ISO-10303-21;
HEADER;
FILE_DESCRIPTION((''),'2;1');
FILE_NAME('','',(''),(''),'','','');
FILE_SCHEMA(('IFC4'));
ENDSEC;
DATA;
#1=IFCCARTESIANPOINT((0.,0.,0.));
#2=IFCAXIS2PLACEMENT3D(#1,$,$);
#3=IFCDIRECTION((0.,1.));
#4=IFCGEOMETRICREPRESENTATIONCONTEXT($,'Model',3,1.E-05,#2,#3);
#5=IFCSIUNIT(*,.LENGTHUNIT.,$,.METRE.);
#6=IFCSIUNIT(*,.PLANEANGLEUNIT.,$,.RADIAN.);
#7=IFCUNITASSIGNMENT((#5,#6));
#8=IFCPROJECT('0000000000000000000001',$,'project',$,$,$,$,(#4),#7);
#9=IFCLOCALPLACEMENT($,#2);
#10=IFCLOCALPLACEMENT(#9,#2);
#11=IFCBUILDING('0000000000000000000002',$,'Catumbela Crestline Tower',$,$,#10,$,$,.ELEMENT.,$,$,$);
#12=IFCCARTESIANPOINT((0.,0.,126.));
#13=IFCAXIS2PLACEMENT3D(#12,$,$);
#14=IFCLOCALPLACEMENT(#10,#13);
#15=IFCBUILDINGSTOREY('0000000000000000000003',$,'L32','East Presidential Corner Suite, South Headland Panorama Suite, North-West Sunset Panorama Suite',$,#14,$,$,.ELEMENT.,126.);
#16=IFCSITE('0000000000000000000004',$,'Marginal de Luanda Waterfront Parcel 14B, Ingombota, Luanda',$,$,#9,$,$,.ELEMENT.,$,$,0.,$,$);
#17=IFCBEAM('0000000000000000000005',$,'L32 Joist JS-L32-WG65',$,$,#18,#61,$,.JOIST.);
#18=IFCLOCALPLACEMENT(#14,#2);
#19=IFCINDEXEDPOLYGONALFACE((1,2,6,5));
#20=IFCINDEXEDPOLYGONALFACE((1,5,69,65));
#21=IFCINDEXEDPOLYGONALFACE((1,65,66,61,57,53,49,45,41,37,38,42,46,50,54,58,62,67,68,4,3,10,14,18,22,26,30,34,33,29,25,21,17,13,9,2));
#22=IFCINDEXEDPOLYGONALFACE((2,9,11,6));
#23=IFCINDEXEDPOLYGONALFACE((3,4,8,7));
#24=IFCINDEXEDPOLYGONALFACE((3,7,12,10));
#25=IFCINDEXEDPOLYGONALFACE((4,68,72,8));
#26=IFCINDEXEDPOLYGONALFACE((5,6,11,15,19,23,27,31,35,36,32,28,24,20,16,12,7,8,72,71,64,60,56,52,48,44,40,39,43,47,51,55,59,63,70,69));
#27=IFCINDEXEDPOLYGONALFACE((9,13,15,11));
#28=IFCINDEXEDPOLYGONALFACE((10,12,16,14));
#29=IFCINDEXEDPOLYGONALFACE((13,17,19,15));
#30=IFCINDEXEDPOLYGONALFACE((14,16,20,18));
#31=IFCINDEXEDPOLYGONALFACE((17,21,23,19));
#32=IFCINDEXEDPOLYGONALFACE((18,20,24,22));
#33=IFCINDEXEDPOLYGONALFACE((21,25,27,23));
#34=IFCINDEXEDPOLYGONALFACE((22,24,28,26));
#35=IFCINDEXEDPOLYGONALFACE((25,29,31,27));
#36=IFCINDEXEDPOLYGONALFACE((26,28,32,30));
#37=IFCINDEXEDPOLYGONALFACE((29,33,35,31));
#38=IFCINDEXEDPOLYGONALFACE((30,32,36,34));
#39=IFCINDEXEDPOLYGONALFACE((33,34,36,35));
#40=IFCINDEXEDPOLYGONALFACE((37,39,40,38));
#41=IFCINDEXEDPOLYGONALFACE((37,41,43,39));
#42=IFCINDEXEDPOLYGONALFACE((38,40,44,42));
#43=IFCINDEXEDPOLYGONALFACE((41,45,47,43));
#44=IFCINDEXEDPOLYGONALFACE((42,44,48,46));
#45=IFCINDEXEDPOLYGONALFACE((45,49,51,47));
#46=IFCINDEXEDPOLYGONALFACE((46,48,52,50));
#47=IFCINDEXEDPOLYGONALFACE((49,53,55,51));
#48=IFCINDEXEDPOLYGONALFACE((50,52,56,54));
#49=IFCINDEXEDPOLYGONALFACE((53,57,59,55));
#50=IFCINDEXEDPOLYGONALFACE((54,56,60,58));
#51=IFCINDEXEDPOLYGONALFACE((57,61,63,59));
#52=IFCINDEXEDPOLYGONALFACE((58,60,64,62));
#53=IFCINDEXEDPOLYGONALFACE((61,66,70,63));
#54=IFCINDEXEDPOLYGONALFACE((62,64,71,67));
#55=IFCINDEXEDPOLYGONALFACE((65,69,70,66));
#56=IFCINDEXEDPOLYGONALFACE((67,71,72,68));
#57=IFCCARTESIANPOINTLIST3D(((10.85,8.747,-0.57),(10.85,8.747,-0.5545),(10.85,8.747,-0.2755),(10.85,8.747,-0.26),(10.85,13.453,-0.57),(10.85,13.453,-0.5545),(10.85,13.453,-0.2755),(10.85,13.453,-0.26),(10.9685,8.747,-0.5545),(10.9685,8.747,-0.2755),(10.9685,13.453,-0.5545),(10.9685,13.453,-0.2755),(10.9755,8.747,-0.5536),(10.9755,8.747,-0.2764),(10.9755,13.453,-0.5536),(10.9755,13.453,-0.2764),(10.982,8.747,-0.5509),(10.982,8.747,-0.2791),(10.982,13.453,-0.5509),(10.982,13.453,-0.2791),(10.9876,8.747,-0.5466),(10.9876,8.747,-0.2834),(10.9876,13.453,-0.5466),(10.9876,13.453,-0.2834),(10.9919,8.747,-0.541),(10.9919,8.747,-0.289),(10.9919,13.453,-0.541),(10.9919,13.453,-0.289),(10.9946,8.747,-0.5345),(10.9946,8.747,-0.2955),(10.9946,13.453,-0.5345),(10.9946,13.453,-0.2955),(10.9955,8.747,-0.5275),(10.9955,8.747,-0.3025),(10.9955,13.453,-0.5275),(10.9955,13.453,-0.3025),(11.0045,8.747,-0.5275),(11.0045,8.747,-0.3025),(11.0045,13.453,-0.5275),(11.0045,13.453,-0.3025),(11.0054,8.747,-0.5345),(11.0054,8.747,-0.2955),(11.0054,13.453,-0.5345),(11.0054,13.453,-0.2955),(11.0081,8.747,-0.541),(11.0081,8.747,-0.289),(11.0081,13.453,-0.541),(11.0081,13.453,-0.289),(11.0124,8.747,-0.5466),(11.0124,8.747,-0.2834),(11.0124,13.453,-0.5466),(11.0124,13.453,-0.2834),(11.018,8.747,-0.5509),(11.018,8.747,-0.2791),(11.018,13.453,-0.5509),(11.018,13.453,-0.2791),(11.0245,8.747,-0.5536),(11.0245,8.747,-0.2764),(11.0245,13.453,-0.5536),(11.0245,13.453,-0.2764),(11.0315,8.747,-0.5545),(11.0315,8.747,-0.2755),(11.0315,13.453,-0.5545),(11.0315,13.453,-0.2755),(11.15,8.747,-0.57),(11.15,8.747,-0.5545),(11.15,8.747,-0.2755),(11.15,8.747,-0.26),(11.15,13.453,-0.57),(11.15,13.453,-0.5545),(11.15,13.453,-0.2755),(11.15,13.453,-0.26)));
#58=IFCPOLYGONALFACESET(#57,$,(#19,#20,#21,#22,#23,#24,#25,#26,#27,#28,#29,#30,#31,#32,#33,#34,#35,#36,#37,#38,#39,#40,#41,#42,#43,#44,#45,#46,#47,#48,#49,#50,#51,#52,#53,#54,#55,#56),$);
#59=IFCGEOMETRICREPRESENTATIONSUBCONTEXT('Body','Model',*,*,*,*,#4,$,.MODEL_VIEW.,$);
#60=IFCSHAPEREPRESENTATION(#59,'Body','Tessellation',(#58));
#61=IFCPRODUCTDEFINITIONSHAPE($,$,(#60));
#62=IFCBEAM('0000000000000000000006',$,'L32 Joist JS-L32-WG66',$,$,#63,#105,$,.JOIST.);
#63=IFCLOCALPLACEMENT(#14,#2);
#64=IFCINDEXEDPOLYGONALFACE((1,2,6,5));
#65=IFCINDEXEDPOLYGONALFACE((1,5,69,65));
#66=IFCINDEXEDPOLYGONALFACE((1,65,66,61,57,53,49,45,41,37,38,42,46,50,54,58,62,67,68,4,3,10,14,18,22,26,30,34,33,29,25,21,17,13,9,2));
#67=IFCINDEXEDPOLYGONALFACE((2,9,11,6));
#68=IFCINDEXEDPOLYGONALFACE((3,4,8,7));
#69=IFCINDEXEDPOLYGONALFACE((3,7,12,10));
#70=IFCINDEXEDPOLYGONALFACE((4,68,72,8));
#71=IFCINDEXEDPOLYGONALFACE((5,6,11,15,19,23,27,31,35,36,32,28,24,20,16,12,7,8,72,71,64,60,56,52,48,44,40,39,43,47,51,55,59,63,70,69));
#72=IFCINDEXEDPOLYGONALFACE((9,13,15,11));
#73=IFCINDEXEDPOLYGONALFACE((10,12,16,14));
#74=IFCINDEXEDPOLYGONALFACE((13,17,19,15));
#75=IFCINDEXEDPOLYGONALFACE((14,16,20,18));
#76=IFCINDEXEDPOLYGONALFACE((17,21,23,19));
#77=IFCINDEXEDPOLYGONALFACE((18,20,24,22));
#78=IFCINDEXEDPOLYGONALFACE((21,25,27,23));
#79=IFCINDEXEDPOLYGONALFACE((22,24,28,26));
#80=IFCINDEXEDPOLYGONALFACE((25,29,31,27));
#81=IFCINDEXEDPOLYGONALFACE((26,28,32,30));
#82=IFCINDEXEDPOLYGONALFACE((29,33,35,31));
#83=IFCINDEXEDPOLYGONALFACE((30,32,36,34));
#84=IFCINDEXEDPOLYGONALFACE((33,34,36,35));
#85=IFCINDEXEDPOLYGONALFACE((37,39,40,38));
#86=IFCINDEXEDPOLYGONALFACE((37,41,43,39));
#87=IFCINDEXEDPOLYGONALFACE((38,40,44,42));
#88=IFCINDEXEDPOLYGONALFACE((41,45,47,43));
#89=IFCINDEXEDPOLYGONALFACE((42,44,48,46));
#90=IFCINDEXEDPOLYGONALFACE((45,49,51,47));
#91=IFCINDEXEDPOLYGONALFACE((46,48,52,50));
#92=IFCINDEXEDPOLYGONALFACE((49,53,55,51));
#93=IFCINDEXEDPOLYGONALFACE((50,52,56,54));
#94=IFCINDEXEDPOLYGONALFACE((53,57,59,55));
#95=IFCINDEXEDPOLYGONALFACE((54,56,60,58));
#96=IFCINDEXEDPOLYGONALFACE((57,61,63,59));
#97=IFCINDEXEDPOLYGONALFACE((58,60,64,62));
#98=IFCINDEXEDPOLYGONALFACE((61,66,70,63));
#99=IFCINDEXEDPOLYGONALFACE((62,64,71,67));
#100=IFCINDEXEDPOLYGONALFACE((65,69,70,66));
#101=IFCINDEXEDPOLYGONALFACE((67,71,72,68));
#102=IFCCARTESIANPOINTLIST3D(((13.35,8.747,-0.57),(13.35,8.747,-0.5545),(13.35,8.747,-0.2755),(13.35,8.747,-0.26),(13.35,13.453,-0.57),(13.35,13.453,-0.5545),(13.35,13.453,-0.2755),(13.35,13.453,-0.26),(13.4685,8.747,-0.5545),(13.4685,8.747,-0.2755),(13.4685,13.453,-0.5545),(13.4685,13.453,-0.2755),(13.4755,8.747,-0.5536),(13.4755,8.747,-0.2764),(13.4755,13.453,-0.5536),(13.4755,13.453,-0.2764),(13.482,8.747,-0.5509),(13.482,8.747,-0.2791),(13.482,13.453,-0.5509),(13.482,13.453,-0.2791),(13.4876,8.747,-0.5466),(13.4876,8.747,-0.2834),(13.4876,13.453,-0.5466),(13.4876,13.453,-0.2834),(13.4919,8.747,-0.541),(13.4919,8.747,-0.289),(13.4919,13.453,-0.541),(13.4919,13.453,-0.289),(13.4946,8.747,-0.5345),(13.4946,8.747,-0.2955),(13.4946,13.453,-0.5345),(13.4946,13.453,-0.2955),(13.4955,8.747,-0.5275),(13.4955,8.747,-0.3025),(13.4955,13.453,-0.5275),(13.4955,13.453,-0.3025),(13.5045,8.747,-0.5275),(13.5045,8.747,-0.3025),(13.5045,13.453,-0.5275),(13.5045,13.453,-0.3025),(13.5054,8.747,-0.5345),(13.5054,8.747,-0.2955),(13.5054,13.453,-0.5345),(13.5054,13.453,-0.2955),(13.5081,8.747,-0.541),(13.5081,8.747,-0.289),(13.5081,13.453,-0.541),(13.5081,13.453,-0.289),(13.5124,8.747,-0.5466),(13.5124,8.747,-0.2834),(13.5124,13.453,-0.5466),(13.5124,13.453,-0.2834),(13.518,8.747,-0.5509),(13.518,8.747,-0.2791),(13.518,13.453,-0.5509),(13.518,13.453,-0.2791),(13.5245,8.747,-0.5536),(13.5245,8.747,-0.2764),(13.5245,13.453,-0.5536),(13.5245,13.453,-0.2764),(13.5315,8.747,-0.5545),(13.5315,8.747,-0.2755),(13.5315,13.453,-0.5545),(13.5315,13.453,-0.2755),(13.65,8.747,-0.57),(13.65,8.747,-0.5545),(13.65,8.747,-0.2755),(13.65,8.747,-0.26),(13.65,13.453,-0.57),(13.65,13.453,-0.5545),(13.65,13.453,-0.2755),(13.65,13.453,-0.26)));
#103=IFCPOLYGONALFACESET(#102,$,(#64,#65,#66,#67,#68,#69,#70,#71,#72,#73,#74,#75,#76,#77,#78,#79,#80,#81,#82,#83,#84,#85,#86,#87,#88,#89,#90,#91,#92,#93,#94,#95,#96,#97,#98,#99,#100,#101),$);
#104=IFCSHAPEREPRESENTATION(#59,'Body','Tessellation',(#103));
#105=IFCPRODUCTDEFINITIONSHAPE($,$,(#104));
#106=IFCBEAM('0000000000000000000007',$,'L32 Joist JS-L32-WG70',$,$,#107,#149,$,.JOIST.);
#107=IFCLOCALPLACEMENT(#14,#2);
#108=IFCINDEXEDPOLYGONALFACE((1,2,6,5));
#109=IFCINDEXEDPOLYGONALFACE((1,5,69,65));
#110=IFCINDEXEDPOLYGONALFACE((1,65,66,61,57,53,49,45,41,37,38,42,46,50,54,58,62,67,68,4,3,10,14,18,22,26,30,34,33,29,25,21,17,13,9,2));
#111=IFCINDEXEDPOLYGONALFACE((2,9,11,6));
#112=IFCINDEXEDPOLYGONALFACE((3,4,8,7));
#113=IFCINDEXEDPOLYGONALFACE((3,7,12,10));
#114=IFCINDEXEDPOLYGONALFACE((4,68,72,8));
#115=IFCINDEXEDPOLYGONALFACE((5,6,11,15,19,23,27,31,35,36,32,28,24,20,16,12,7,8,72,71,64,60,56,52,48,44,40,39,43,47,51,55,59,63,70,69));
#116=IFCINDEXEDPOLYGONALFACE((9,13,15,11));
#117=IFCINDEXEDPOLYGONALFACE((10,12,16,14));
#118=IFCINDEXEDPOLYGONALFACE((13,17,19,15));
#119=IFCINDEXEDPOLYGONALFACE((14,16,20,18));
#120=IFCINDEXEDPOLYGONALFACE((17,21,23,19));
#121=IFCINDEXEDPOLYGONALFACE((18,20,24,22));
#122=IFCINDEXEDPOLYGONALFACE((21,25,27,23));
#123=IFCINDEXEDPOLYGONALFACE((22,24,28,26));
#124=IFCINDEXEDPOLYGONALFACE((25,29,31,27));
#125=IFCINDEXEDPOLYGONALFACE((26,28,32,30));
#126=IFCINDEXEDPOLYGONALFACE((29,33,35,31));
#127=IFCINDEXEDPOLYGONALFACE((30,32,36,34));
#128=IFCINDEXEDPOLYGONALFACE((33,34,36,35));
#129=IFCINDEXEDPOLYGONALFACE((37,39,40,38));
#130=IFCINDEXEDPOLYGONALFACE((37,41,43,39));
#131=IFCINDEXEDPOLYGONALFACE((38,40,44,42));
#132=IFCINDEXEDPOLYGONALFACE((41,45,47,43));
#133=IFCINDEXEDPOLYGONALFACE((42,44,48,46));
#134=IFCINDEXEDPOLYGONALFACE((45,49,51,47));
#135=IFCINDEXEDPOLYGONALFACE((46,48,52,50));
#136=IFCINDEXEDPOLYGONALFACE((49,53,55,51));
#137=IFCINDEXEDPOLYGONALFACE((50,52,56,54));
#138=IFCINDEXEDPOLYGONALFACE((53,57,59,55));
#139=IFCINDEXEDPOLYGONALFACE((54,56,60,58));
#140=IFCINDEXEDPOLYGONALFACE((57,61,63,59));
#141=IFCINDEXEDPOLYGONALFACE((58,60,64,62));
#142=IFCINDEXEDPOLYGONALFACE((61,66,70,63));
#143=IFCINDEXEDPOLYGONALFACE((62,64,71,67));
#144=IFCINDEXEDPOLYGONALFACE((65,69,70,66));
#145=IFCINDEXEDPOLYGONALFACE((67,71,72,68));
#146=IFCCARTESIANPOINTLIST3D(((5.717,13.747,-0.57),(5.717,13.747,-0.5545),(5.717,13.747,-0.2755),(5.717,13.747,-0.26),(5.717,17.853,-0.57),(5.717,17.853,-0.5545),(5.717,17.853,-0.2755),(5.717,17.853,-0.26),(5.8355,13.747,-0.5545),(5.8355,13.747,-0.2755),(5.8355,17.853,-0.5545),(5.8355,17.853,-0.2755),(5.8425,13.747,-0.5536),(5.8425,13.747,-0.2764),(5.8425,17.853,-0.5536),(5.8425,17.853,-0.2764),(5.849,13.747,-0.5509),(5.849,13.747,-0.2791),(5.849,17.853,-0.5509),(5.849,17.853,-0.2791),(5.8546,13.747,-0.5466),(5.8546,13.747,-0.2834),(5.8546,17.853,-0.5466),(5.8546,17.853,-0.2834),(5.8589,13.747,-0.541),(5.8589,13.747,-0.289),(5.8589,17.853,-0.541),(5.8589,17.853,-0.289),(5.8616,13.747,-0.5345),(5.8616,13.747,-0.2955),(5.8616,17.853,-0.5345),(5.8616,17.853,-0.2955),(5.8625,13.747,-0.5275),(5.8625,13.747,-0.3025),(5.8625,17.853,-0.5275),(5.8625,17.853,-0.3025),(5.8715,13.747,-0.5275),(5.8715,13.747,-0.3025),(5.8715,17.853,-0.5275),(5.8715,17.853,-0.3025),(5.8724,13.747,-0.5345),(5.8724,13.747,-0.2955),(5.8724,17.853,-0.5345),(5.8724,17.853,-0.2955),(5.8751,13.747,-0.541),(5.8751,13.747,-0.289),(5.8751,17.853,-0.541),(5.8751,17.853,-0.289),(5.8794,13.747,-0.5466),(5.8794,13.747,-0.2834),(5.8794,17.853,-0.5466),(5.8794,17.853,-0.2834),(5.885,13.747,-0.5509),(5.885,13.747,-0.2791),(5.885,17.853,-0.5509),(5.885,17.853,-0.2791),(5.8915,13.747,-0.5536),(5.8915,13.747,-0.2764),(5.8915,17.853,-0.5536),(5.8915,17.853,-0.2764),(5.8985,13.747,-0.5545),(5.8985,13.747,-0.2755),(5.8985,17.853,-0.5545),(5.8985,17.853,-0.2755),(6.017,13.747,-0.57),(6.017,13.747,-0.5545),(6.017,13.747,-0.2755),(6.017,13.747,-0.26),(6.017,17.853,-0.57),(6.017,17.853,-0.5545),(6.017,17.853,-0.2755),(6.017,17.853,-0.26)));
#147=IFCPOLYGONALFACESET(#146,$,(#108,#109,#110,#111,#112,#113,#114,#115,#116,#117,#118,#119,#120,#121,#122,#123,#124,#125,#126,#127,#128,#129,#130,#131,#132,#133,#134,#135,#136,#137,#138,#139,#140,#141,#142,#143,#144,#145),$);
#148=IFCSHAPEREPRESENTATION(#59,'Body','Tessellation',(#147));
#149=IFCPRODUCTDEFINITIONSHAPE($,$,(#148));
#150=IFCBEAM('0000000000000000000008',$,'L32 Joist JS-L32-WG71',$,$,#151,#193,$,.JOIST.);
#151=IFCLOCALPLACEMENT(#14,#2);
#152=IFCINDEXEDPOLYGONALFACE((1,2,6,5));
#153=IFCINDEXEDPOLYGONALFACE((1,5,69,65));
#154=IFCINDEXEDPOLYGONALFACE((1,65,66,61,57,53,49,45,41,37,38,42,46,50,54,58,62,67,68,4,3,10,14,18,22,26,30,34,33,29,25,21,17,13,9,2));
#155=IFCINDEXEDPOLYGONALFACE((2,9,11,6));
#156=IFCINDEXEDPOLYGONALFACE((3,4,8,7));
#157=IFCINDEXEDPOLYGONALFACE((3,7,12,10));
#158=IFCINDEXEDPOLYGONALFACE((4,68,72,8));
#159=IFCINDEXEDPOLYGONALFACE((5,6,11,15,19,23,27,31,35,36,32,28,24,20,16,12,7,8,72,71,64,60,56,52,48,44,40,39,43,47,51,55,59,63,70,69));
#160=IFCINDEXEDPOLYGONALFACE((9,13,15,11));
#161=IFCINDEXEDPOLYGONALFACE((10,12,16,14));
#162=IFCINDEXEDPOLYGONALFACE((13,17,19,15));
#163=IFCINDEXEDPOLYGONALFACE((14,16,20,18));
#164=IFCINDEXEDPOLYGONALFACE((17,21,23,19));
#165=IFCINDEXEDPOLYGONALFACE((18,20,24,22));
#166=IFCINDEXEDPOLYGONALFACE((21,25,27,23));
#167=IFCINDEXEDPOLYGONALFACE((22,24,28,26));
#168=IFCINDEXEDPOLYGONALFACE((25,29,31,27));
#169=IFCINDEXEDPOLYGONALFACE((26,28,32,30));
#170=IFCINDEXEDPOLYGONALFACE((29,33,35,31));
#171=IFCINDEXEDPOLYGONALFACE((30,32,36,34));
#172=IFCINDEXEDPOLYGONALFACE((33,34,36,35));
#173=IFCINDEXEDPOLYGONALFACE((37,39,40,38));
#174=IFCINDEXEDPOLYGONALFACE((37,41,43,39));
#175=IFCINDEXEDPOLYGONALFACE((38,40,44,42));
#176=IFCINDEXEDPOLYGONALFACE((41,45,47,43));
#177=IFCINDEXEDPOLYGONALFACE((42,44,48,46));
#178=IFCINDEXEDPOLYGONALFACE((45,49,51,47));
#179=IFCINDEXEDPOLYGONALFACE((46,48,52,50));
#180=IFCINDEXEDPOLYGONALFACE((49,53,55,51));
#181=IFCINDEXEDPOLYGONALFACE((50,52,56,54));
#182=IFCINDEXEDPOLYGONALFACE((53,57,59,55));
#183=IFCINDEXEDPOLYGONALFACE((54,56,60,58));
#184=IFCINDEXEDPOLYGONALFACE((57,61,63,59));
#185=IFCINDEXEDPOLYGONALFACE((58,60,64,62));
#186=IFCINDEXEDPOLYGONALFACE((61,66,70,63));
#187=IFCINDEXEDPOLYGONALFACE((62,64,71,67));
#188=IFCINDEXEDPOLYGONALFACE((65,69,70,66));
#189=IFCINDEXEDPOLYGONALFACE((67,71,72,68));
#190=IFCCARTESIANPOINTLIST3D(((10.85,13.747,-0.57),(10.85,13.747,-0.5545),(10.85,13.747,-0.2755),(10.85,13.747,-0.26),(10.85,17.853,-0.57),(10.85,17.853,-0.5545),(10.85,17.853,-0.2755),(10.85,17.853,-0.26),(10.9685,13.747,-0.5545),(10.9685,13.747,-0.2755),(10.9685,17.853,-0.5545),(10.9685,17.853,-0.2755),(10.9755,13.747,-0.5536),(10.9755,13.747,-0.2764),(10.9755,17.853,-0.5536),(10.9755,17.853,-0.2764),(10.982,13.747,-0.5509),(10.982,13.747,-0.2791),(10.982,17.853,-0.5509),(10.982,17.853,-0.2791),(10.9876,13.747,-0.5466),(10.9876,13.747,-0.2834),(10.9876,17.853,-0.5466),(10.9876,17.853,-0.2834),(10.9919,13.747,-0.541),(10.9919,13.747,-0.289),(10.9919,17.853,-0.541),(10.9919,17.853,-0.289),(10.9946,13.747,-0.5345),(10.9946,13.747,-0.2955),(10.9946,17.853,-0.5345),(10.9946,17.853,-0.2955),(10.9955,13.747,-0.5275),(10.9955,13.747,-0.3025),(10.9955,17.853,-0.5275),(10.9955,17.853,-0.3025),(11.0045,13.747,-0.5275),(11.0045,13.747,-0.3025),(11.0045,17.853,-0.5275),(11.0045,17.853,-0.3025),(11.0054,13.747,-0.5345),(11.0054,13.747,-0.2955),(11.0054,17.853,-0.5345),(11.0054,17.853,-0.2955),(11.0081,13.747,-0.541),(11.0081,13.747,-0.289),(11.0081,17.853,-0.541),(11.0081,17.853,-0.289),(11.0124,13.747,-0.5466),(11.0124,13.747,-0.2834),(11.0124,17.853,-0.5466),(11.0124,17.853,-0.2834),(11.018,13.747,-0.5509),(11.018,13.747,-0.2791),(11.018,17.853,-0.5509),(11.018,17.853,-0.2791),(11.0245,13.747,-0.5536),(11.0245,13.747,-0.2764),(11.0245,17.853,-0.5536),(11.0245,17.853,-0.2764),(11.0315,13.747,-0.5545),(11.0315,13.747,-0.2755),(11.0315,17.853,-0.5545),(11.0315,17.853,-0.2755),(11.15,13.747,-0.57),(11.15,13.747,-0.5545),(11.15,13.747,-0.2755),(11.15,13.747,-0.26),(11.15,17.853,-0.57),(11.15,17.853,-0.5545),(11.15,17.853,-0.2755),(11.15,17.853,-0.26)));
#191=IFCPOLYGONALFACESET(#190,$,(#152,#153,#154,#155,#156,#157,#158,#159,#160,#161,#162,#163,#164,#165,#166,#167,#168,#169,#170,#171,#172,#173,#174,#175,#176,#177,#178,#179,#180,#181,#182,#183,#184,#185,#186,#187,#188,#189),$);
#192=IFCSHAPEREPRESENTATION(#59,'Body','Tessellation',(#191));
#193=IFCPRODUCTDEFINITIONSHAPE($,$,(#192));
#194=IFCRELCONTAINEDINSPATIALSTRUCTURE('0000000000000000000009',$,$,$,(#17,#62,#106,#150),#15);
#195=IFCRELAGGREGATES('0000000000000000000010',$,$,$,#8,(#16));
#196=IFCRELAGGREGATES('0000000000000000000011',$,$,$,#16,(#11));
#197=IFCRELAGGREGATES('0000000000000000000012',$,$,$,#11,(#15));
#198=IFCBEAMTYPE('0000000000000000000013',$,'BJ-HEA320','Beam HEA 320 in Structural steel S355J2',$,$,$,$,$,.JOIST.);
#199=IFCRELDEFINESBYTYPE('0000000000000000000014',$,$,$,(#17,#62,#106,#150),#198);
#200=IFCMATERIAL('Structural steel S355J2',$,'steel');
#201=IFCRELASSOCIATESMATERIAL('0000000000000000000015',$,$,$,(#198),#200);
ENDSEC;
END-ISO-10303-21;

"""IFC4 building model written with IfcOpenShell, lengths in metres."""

from ifc_helpers import new_model, si_unit, direction, frame, origin, origin_2d, place, context, subcontext, project, spatial, i_section, extrude, material, material_profile, profile_set, type_object, element, save


model = new_model("IFC4")

# Units and contexts
model_context = context("Model", 3, precision=1e-05, world=origin(), true_north=direction((0.0, 1.0)))
body_context = subcontext(model_context, "Body", "Model", "MODEL_VIEW")
ifc_project = project(units=[si_unit("LENGTHUNIT", "METRE"), si_unit("PLANEANGLEUNIT", "RADIAN")], contexts=[model_context])

# Site, building, storey
site_placement = place(None, origin())
site = spatial("IfcSite", under=ifc_project, at=site_placement, Name="Marginal de Luanda Waterfront Parcel 14B, Ingombota, Luanda", CompositionType="ELEMENT", RefElevation=0.0)
building_placement = place(site_placement, origin())
building = spatial("IfcBuilding", under=site, at=building_placement, Name="Catumbela Crestline Tower", CompositionType="ELEMENT")
storey_placement = place(building_placement, frame((0.0, 0.0, 126.0)))
storey = spatial("IfcBuildingStorey", under=building, at=storey_placement, Name="L32", Description="East Presidential Corner Suite, South Headland Panorama Suite, North-West Sunset Panorama Suite", CompositionType="ELEMENT", Elevation=126.0)

# Beams
ifc_material_1 = material(Name="Structural steel S355J2", Category="steel")
ifc_material_profile_1 = material_profile(ifc_material_1, i_section(OverallWidth=0.3, OverallDepth=0.31, WebThickness=0.009, FlangeThickness=0.0155, FilletRadius=0.027, at=origin_2d()), Name="HEA 320")
ifc_profile_set_1 = profile_set([ifc_material_profile_1], Name="Structural steel S355J2")
beam_type_1 = type_object("IfcBeamType", Name="BJ-HEA320", Description="Beam HEA 320 in Structural steel S355J2", PredefinedType="JOIST", material=ifc_profile_set_1)
for number, where, z_axis, x_axis, name in (
    (1, (11.0, 8.747, -0.415), (0.0, 1.0, 0.0), (-1.0, 0.0, 0.0), "L32 Joist JS-L32-WG65"),
    (2, (13.5, 8.747, -0.415), (0.0, 1.0, 0.0), (-1.0, 0.0, 0.0), "L32 Joist JS-L32-WG66"),
):
    element("IfcBeam", number, at=place(storey_placement, frame(where, z_axis=z_axis, x_axis=x_axis)), inside=storey, type_object=beam_type_1, Name=name, PredefinedType="JOIST", context=body_context, shape_type="SweptSolid", body=[
        extrude(i_section(OverallWidth=0.3, OverallDepth=0.31, WebThickness=0.009, FlangeThickness=0.0155, FilletRadius=0.027, at=origin_2d()), origin(), (0.0, 0.0, 1.0), 4.706),
    ])
for number, where, z_axis, x_axis, name in (
    (3, (5.867, 13.747, -0.415), (0.0, 1.0, 0.0), (-1.0, 0.0, 0.0), "L32 Joist JS-L32-WG70"),
    (4, (11.0, 13.747, -0.415), (0.0, 1.0, 0.0), (-1.0, 0.0, 0.0), "L32 Joist JS-L32-WG71"),
):
    element("IfcBeam", number, at=place(storey_placement, frame(where, z_axis=z_axis, x_axis=x_axis)), inside=storey, type_object=beam_type_1, Name=name, PredefinedType="JOIST", context=body_context, shape_type="SweptSolid", body=[
        extrude(i_section(OverallWidth=0.3, OverallDepth=0.31, WebThickness=0.009, FlangeThickness=0.0155, FilletRadius=0.027, at=origin_2d()), origin(), (0.0, 0.0, 1.0), 4.106),
    ])

save(model, "model.ifc")
